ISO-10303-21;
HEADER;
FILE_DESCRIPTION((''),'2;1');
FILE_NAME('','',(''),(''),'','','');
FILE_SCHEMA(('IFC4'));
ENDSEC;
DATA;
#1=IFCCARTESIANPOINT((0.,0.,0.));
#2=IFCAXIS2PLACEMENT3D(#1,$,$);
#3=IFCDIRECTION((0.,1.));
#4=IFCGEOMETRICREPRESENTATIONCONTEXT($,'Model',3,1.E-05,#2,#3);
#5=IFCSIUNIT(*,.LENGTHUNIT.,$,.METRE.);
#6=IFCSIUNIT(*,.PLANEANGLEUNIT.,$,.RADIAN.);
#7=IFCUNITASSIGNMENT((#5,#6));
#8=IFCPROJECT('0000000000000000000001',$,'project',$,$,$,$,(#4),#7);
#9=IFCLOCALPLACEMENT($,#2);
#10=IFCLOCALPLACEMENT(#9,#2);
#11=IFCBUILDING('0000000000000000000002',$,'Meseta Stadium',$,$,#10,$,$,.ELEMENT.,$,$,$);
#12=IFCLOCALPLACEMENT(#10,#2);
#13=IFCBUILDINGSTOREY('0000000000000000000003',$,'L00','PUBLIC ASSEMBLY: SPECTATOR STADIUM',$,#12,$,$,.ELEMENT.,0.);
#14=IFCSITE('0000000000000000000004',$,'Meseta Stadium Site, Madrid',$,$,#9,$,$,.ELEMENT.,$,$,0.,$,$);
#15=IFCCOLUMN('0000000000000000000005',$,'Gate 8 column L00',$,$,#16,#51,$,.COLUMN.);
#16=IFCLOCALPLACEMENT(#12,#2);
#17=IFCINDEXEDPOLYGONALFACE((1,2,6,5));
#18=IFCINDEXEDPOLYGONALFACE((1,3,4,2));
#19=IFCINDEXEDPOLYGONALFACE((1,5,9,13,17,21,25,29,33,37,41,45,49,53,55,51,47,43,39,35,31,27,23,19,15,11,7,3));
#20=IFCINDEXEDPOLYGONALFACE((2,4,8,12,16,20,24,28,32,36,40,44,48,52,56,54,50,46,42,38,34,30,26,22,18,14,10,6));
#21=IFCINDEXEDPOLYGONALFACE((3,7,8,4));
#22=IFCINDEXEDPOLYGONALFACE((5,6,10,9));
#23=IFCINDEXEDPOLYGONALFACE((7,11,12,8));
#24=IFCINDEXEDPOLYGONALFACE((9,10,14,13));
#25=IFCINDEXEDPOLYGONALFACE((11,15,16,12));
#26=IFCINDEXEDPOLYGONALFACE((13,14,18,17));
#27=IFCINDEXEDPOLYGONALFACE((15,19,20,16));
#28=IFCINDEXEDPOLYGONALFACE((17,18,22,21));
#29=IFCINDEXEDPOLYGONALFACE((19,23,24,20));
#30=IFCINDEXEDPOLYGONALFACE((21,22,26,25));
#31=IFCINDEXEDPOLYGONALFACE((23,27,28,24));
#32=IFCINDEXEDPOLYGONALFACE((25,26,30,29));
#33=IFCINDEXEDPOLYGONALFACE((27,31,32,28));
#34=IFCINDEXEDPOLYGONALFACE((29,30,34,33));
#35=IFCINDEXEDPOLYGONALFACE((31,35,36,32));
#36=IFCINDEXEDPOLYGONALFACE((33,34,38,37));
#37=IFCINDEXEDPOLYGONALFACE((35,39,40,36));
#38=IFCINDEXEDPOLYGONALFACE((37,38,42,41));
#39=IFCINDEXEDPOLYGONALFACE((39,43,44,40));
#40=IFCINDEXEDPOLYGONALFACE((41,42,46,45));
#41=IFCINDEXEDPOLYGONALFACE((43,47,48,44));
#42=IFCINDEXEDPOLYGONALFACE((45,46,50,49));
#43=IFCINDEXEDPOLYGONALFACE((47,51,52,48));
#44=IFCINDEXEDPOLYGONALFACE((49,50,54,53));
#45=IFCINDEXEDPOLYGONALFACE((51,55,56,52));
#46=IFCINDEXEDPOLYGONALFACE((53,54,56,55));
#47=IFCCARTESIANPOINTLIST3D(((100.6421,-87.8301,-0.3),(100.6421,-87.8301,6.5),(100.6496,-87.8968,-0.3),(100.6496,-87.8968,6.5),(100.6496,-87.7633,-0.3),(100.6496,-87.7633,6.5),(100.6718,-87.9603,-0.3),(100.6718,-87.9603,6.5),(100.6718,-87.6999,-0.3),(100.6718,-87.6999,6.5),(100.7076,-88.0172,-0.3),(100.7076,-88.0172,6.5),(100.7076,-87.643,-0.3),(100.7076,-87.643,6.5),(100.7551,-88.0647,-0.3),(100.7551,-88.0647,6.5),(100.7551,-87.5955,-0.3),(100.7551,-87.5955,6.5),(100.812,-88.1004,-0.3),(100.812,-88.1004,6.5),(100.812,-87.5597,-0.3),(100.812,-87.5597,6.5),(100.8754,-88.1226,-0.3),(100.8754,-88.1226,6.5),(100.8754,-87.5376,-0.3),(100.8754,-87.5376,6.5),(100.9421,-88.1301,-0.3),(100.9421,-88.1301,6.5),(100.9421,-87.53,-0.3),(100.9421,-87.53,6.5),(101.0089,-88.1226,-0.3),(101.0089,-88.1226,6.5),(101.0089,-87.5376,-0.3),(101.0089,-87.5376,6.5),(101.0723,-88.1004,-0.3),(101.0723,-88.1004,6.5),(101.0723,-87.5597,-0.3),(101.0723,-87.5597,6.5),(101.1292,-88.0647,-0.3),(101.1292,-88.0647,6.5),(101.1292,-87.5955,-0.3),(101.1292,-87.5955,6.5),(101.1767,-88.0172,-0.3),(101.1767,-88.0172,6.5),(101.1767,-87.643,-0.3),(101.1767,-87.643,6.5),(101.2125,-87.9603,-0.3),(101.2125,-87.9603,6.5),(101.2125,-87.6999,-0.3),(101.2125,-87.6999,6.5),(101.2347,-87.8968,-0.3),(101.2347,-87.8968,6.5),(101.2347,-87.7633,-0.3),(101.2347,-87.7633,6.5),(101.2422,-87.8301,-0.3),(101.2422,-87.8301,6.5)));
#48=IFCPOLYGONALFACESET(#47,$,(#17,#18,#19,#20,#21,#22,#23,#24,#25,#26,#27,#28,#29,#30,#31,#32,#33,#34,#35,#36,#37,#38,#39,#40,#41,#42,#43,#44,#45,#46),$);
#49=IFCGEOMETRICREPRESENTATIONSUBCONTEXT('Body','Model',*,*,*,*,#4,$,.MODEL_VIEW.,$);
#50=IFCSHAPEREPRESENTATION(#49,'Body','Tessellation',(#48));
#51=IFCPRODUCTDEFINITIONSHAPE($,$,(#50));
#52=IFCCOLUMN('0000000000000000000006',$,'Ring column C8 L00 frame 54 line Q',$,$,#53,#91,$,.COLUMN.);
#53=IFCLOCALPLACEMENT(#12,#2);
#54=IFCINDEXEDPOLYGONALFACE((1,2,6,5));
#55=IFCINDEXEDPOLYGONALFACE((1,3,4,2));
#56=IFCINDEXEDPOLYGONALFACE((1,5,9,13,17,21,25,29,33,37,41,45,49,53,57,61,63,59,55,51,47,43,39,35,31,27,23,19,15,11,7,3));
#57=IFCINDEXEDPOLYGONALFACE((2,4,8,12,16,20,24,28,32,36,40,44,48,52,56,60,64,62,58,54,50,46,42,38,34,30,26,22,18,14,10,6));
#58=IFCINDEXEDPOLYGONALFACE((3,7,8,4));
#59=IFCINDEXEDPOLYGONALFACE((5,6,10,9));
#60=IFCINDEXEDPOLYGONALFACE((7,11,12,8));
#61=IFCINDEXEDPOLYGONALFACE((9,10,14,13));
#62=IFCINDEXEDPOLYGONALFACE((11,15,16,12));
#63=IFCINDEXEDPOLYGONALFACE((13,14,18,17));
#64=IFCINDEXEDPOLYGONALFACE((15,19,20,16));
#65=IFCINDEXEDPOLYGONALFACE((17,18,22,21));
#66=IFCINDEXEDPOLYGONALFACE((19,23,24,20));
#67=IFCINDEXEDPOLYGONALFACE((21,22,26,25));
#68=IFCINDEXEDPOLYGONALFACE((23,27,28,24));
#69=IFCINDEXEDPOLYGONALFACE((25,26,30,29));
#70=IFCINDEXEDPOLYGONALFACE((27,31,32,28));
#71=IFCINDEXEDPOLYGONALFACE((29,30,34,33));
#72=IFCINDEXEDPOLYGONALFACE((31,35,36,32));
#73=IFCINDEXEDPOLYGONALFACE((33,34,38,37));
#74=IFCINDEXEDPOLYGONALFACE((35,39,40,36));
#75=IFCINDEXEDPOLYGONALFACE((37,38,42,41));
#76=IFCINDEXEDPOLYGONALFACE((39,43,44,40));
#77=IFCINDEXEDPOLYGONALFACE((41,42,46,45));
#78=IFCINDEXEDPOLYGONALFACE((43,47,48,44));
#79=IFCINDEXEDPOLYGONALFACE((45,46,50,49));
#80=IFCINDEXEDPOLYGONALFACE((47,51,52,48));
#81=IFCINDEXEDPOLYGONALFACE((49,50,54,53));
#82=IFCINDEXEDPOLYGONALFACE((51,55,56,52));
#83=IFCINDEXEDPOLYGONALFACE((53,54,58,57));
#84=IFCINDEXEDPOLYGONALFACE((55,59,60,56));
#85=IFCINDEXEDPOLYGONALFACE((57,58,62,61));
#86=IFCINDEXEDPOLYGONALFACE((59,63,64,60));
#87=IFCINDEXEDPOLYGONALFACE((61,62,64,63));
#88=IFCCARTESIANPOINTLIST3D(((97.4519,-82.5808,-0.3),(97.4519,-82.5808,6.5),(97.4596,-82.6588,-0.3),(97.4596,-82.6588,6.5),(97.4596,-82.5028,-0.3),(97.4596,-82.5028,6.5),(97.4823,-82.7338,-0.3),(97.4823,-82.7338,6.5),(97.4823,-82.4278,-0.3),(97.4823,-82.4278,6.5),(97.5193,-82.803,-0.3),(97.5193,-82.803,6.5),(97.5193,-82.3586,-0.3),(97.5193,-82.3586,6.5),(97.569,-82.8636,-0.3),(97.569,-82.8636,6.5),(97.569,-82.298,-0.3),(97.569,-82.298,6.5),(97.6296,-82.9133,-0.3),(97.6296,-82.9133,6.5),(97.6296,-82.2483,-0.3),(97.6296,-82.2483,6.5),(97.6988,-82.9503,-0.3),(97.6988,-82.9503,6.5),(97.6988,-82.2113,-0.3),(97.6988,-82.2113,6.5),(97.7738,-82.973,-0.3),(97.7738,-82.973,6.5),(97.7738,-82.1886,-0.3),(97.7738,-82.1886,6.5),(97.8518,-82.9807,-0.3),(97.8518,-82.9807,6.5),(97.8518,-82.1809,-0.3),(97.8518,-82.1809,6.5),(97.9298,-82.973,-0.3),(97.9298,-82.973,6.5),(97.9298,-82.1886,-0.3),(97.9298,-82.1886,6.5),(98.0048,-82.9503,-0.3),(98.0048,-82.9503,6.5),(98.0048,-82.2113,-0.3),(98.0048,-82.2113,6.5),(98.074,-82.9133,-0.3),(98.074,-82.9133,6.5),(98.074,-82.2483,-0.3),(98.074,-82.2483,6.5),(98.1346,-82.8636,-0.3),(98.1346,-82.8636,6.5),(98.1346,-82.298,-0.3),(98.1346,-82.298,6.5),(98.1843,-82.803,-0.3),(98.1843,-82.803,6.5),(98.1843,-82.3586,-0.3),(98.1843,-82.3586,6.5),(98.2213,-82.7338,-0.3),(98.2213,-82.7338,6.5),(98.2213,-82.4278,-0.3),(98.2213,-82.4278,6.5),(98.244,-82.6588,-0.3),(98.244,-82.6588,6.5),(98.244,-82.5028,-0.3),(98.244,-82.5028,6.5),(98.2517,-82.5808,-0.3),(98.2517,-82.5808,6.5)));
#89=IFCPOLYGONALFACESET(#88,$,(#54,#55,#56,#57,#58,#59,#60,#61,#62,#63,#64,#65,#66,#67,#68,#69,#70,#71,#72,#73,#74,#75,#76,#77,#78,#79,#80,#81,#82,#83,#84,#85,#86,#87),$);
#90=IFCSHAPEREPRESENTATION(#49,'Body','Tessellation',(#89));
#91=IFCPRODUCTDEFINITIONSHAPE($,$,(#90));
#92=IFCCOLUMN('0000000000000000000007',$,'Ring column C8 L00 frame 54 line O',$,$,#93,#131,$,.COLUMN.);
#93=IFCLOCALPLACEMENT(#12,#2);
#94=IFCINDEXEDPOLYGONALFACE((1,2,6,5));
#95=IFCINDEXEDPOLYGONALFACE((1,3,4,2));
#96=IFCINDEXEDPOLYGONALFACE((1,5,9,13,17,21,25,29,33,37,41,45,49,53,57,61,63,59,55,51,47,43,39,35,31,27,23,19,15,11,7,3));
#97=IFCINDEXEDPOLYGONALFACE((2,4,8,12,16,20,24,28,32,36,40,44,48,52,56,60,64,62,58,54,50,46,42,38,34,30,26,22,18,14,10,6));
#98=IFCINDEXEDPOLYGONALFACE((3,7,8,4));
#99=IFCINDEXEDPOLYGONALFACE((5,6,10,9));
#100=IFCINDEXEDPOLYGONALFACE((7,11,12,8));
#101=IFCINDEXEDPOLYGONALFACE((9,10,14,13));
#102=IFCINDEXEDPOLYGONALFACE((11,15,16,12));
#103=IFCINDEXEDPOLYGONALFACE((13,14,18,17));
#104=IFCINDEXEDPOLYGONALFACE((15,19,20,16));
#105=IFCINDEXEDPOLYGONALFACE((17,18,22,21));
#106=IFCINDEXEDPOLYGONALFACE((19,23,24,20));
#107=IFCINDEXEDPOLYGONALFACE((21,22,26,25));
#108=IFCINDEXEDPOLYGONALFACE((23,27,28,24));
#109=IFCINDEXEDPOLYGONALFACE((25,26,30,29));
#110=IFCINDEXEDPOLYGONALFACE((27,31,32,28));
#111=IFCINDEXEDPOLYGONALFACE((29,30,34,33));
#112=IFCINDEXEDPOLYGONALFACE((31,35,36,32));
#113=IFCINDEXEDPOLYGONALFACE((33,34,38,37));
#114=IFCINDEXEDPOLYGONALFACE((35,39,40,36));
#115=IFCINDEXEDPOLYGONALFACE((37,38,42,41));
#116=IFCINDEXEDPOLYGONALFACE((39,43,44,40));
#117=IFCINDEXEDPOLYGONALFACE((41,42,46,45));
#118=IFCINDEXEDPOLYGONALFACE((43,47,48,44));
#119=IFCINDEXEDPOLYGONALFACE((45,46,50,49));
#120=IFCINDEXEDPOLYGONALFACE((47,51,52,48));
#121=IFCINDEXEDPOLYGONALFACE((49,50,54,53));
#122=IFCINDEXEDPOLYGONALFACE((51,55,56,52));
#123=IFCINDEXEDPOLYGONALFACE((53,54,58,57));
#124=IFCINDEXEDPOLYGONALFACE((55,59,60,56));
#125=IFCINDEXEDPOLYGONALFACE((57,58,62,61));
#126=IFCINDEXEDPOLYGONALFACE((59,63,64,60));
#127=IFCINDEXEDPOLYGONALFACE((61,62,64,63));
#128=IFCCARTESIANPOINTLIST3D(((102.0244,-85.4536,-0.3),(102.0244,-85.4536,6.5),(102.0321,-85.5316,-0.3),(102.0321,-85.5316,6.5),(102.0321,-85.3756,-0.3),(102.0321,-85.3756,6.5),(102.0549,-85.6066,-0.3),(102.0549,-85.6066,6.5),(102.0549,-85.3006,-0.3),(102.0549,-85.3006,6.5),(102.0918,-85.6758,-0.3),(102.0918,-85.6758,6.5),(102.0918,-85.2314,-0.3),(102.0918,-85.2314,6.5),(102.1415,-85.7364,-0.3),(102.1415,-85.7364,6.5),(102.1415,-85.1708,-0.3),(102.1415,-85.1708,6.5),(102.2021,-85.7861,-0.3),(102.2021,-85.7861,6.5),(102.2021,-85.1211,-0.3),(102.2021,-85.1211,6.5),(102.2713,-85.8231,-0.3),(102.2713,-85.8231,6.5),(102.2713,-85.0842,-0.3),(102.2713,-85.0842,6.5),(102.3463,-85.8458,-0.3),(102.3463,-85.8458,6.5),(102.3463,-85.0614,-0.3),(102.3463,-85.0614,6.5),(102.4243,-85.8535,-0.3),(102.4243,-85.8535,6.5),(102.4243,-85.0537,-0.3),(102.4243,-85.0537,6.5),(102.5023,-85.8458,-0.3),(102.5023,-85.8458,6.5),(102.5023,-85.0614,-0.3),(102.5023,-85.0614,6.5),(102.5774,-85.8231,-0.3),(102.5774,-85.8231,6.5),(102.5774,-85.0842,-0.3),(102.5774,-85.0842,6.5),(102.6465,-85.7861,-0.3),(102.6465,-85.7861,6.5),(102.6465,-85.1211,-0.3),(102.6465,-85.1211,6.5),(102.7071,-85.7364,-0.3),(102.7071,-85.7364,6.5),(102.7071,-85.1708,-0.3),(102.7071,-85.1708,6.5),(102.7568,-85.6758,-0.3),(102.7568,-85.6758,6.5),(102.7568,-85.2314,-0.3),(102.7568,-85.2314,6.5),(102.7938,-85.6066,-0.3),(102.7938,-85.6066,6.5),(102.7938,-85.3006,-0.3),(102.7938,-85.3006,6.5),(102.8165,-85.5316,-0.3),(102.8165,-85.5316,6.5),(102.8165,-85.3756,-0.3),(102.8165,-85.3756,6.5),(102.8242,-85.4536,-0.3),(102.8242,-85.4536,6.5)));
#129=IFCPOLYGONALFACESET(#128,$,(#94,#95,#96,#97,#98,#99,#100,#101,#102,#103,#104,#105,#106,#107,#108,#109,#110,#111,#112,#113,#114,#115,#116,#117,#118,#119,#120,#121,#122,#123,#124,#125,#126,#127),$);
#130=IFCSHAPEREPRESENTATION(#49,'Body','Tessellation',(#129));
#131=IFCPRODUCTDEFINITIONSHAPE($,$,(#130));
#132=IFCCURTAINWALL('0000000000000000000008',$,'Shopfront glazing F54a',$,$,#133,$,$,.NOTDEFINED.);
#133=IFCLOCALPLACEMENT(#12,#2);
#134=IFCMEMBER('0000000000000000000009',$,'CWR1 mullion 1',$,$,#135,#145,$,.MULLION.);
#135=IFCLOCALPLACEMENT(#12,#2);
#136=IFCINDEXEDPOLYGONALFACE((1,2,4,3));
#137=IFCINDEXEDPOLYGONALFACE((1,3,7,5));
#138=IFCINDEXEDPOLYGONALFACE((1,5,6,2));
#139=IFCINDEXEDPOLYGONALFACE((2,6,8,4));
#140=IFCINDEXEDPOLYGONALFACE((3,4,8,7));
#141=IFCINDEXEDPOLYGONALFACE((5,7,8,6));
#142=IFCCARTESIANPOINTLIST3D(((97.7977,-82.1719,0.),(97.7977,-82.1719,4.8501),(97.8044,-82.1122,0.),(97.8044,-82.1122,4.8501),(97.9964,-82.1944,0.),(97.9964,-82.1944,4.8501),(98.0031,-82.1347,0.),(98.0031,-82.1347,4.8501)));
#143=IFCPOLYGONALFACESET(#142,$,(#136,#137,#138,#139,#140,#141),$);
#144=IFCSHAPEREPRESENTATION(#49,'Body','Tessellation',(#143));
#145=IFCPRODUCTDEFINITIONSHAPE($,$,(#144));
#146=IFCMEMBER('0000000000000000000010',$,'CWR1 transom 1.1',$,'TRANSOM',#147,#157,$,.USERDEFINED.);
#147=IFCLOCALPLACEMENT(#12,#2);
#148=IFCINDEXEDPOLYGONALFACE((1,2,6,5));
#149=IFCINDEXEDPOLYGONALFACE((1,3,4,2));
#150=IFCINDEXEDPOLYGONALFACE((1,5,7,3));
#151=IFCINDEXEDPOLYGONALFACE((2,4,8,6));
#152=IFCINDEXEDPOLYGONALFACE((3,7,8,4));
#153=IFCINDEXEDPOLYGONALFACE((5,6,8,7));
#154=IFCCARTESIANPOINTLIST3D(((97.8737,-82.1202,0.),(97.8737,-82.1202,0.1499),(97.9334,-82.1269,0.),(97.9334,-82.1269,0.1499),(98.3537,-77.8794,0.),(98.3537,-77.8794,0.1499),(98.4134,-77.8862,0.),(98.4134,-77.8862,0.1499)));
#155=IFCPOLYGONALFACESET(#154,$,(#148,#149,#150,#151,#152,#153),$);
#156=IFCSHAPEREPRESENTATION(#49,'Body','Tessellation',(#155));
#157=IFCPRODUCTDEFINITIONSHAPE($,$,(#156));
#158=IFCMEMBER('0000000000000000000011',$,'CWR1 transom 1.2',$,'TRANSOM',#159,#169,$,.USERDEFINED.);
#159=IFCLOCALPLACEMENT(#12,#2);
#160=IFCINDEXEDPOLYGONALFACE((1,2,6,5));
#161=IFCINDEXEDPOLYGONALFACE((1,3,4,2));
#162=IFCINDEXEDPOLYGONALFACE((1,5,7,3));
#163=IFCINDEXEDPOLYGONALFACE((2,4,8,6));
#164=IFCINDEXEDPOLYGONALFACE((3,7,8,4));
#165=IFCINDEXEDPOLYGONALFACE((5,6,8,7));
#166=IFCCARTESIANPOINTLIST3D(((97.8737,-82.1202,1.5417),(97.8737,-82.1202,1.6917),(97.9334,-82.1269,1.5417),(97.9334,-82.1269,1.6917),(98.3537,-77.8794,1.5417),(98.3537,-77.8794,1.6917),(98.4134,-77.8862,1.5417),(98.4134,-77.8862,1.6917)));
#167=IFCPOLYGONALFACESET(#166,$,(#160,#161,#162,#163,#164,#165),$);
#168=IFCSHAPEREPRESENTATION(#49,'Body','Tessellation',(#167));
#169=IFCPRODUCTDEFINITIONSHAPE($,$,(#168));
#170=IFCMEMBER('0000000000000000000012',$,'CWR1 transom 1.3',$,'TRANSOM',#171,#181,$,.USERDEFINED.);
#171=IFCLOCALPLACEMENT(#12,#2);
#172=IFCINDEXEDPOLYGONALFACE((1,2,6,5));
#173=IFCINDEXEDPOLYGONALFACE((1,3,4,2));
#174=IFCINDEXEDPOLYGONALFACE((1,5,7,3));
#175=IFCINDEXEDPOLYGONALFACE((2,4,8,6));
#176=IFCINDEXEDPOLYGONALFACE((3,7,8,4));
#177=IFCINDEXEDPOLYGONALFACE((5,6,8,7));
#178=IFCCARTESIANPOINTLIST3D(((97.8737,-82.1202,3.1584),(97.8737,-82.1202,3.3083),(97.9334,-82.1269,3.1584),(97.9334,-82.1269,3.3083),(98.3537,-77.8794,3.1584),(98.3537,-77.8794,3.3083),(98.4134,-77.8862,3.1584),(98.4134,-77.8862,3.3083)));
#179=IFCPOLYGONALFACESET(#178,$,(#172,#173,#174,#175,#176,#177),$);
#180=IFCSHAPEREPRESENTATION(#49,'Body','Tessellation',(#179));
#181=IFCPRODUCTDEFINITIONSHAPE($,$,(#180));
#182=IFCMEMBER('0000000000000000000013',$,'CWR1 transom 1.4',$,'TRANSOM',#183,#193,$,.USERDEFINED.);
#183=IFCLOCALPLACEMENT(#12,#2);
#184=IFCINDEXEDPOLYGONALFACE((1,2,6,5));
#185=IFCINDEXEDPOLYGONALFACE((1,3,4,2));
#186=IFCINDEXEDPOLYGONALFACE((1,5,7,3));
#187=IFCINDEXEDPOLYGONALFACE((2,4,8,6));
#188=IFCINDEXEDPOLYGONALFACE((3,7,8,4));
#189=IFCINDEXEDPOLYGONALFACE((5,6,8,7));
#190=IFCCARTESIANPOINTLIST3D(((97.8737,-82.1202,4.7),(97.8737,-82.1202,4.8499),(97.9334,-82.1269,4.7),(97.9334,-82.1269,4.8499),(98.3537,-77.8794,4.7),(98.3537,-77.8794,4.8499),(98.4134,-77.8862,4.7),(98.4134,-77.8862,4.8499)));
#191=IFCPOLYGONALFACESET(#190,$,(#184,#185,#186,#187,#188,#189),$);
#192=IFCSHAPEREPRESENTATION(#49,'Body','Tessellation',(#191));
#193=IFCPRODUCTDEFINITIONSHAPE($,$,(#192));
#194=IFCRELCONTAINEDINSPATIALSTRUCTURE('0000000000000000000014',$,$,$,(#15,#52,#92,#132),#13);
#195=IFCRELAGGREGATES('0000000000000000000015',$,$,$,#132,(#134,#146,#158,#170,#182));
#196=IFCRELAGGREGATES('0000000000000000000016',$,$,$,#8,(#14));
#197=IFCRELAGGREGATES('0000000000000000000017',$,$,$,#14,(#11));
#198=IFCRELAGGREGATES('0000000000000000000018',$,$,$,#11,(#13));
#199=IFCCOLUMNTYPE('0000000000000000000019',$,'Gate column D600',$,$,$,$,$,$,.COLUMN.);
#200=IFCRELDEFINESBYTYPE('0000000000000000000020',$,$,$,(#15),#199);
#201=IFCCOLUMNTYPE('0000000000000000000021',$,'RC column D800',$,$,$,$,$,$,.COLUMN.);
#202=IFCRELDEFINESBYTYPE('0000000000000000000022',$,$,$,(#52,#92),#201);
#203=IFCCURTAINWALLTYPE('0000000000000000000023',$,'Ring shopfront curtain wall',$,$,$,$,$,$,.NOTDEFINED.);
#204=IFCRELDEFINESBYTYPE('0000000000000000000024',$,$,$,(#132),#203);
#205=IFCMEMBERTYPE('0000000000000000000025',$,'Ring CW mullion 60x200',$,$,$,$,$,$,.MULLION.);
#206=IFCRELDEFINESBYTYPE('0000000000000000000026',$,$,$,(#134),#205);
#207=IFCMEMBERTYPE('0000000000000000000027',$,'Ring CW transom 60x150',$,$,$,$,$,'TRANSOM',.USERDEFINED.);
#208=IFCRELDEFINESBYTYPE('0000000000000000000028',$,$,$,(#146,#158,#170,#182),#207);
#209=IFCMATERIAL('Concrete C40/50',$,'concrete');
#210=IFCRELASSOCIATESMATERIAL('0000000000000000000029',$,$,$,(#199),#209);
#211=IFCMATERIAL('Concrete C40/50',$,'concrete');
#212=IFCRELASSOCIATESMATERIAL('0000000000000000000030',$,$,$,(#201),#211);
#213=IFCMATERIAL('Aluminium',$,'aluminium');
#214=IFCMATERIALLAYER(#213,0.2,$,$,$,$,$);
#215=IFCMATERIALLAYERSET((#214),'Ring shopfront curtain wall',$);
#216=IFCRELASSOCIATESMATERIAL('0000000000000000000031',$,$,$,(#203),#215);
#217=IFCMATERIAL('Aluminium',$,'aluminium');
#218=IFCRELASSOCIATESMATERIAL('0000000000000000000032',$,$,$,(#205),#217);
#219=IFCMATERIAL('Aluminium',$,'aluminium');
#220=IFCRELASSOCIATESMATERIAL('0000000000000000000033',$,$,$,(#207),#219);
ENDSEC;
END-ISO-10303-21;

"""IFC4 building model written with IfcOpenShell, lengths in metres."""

from ifc_helpers import new_model, si_unit, direction, frame, origin, origin_2d, place, context, subcontext, project, spatial, rectangle, circle, extrude, material, layer, layer_set, material_profile, profile_set, type_object, element, aggregate, save


model = new_model("IFC4")

# Units and contexts
model_context = context("Model", 3, precision=1e-05, world=origin(), true_north=direction((0.0, 1.0)))
body_context = subcontext(model_context, "Body", "Model", "MODEL_VIEW")
ifc_project = project(units=[si_unit("LENGTHUNIT", "METRE"), si_unit("PLANEANGLEUNIT", "RADIAN")], contexts=[model_context])

# Site, building, storey
site_placement = place(None, origin())
site = spatial("IfcSite", under=ifc_project, at=site_placement, Name="Meseta Stadium Site, Madrid", CompositionType="ELEMENT", RefElevation=0.0)
building_placement = place(site_placement, origin())
building = spatial("IfcBuilding", under=site, at=building_placement, Name="Meseta Stadium", CompositionType="ELEMENT")
storey_placement = place(building_placement, origin())
storey = spatial("IfcBuildingStorey", under=building, at=storey_placement, Name="L00", Description="PUBLIC ASSEMBLY: SPECTATOR STADIUM", CompositionType="ELEMENT", Elevation=0.0)

# Columns
ifc_material_1 = material(Name="Concrete C40/50", Category="concrete")
ifc_material_profile_1 = material_profile(ifc_material_1, circle(Radius=0.3, at=origin_2d()), Name="RC D600")
ifc_profile_set_1 = profile_set([ifc_material_profile_1], Name="Concrete C40/50")
column_type_1 = type_object("IfcColumnType", Name="Gate column D600", PredefinedType="COLUMN", material=ifc_profile_set_1)
for number, where, z_axis, x_axis, name in (
    (1, (100.9421, -87.8301, -0.3), (0.0, 0.0, 1.0), (1.0, 0.0, 0.0), "Gate 8 column L00"),
):
    element("IfcColumn", number, at=place(storey_placement, frame(where, z_axis=z_axis, x_axis=x_axis)), inside=storey, type_object=column_type_1, Name=name, PredefinedType="COLUMN", context=body_context, shape_type="SweptSolid", body=[
        extrude(circle(Radius=0.3, at=origin_2d()), origin(), (0.0, 0.0, 1.0), 6.8),
    ])
ifc_material_2 = material(Name="Concrete C40/50", Category="concrete")
ifc_material_profile_2 = material_profile(ifc_material_2, circle(Radius=0.3999, at=origin_2d()), Name="RC D800")
ifc_profile_set_2 = profile_set([ifc_material_profile_2], Name="Concrete C40/50")
column_type_2 = type_object("IfcColumnType", Name="RC column D800", PredefinedType="COLUMN", material=ifc_profile_set_2)
for number, where, z_axis, x_axis, name in (
    (2, (97.8518, -82.5808, -0.3), (0.0, 0.0, 1.0), (1.0, 0.0, 0.0), "Ring column C8 L00 frame 54 line Q"),
    (3, (102.4243, -85.4536, -0.3), (0.0, 0.0, 1.0), (1.0, 0.0, 0.0), "Ring column C8 L00 frame 54 line O"),
):
    element("IfcColumn", number, at=place(storey_placement, frame(where, z_axis=z_axis, x_axis=x_axis)), inside=storey, type_object=column_type_2, Name=name, PredefinedType="COLUMN", context=body_context, shape_type="SweptSolid", body=[
        extrude(circle(Radius=0.3999, at=origin_2d()), origin(), (0.0, 0.0, 1.0), 6.8),
    ])

# Curtain wall, members
ifc_material_3 = material(Name="Aluminium", Category="aluminium")
ifc_layer_1 = layer(ifc_material_3, 0.2)
ifc_layer_set_1 = layer_set([ifc_layer_1], Name="Ring shopfront curtain wall")
curtain_wall_type = type_object("IfcCurtainWallType", Name="Ring shopfront curtain wall", PredefinedType="NOTDEFINED", material=ifc_layer_set_1)
curtain_wall_placement = place(storey_placement, origin())
curtain_wall = element("IfcCurtainWall", 4, at=curtain_wall_placement, inside=storey, type_object=curtain_wall_type, Name="Shopfront glazing F54a", PredefinedType="NOTDEFINED")
ifc_material_4 = material(Name="Aluminium", Category="aluminium")
ifc_material_profile_3 = material_profile(ifc_material_4, rectangle(XDim=0.2, YDim=0.0601, at=origin_2d()), Name="CW 200x60")
ifc_profile_set_3 = profile_set([ifc_material_profile_3], Name="Aluminium")
member_type_1 = type_object("IfcMemberType", Name="Ring CW mullion 60x200", PredefinedType="MULLION", material=ifc_profile_set_3)
member_1_placement = place(storey_placement, frame((97.9004, -82.1533, 0.0), z_axis=(0.0, 0.0, 1.0), x_axis=(-0.993655, 0.112472, 0.0)))
member_1 = element("IfcMember", 5, at=member_1_placement, type_object=member_type_1, Name="CWR1 mullion 1", PredefinedType="MULLION", context=body_context, shape_type="SweptSolid", body=[
    extrude(rectangle(XDim=0.2, YDim=0.0601, at=origin_2d()), origin(), (0.0, 0.0, 1.0), 4.8501),
])
ifc_material_5 = material(Name="Aluminium", Category="aluminium")
ifc_material_profile_4 = material_profile(ifc_material_5, rectangle(XDim=0.0601, YDim=0.1499, at=origin_2d()), Name="CW 60x150")
ifc_profile_set_4 = profile_set([ifc_material_profile_4], Name="Aluminium")
member_type_2 = type_object("IfcMemberType", Name="Ring CW transom 60x150", ElementType="TRANSOM", PredefinedType="USERDEFINED", material=ifc_profile_set_4)
member_2_placement = place(storey_placement, frame((97.9036, -82.1235, 0.075), z_axis=(0.112466, 0.993656, 0.0), x_axis=(-0.993656, 0.112466, 0.0)))
member_2 = element("IfcMember", 6, at=member_2_placement, type_object=member_type_2, Name="CWR1 transom 1.1", ObjectType="TRANSOM", PredefinedType="USERDEFINED", context=body_context, shape_type="SweptSolid", body=[
    extrude(rectangle(XDim=0.0601, YDim=0.1499, at=origin_2d()), origin(), (0.0, 0.0, 1.0), 4.2678),
])
member_3_placement = place(storey_placement, frame((97.9036, -82.1235, 1.6167), z_axis=(0.112466, 0.993656, 0.0), x_axis=(-0.993656, 0.112466, 0.0)))
member_3 = element("IfcMember", 7, at=member_3_placement, type_object=member_type_2, Name="CWR1 transom 1.2", ObjectType="TRANSOM", PredefinedType="USERDEFINED", context=body_context, shape_type="SweptSolid", body=[
    extrude(rectangle(XDim=0.0601, YDim=0.1499, at=origin_2d()), origin(), (0.0, 0.0, 1.0), 4.2678),
])
member_4_placement = place(storey_placement, frame((97.9036, -82.1235, 3.2334), z_axis=(0.112466, 0.993656, 0.0), x_axis=(-0.993656, 0.112466, 0.0)))
member_4 = element("IfcMember", 8, at=member_4_placement, type_object=member_type_2, Name="CWR1 transom 1.3", ObjectType="TRANSOM", PredefinedType="USERDEFINED", context=body_context, shape_type="SweptSolid", body=[
    extrude(rectangle(XDim=0.0601, YDim=0.1499, at=origin_2d()), origin(), (0.0, 0.0, 1.0), 4.2678),
])
member_5_placement = place(storey_placement, frame((97.9036, -82.1235, 4.7749), z_axis=(0.112466, 0.993656, 0.0), x_axis=(-0.993656, 0.112466, 0.0)))
member_5 = element("IfcMember", 9, at=member_5_placement, type_object=member_type_2, Name="CWR1 transom 1.4", ObjectType="TRANSOM", PredefinedType="USERDEFINED", context=body_context, shape_type="SweptSolid", body=[
    extrude(rectangle(XDim=0.0601, YDim=0.1499, at=origin_2d()), origin(), (0.0, 0.0, 1.0), 4.2678),
])
aggregate(curtain_wall, [member_1, member_2, member_3, member_4, member_5])

save(model, "model.ifc")
